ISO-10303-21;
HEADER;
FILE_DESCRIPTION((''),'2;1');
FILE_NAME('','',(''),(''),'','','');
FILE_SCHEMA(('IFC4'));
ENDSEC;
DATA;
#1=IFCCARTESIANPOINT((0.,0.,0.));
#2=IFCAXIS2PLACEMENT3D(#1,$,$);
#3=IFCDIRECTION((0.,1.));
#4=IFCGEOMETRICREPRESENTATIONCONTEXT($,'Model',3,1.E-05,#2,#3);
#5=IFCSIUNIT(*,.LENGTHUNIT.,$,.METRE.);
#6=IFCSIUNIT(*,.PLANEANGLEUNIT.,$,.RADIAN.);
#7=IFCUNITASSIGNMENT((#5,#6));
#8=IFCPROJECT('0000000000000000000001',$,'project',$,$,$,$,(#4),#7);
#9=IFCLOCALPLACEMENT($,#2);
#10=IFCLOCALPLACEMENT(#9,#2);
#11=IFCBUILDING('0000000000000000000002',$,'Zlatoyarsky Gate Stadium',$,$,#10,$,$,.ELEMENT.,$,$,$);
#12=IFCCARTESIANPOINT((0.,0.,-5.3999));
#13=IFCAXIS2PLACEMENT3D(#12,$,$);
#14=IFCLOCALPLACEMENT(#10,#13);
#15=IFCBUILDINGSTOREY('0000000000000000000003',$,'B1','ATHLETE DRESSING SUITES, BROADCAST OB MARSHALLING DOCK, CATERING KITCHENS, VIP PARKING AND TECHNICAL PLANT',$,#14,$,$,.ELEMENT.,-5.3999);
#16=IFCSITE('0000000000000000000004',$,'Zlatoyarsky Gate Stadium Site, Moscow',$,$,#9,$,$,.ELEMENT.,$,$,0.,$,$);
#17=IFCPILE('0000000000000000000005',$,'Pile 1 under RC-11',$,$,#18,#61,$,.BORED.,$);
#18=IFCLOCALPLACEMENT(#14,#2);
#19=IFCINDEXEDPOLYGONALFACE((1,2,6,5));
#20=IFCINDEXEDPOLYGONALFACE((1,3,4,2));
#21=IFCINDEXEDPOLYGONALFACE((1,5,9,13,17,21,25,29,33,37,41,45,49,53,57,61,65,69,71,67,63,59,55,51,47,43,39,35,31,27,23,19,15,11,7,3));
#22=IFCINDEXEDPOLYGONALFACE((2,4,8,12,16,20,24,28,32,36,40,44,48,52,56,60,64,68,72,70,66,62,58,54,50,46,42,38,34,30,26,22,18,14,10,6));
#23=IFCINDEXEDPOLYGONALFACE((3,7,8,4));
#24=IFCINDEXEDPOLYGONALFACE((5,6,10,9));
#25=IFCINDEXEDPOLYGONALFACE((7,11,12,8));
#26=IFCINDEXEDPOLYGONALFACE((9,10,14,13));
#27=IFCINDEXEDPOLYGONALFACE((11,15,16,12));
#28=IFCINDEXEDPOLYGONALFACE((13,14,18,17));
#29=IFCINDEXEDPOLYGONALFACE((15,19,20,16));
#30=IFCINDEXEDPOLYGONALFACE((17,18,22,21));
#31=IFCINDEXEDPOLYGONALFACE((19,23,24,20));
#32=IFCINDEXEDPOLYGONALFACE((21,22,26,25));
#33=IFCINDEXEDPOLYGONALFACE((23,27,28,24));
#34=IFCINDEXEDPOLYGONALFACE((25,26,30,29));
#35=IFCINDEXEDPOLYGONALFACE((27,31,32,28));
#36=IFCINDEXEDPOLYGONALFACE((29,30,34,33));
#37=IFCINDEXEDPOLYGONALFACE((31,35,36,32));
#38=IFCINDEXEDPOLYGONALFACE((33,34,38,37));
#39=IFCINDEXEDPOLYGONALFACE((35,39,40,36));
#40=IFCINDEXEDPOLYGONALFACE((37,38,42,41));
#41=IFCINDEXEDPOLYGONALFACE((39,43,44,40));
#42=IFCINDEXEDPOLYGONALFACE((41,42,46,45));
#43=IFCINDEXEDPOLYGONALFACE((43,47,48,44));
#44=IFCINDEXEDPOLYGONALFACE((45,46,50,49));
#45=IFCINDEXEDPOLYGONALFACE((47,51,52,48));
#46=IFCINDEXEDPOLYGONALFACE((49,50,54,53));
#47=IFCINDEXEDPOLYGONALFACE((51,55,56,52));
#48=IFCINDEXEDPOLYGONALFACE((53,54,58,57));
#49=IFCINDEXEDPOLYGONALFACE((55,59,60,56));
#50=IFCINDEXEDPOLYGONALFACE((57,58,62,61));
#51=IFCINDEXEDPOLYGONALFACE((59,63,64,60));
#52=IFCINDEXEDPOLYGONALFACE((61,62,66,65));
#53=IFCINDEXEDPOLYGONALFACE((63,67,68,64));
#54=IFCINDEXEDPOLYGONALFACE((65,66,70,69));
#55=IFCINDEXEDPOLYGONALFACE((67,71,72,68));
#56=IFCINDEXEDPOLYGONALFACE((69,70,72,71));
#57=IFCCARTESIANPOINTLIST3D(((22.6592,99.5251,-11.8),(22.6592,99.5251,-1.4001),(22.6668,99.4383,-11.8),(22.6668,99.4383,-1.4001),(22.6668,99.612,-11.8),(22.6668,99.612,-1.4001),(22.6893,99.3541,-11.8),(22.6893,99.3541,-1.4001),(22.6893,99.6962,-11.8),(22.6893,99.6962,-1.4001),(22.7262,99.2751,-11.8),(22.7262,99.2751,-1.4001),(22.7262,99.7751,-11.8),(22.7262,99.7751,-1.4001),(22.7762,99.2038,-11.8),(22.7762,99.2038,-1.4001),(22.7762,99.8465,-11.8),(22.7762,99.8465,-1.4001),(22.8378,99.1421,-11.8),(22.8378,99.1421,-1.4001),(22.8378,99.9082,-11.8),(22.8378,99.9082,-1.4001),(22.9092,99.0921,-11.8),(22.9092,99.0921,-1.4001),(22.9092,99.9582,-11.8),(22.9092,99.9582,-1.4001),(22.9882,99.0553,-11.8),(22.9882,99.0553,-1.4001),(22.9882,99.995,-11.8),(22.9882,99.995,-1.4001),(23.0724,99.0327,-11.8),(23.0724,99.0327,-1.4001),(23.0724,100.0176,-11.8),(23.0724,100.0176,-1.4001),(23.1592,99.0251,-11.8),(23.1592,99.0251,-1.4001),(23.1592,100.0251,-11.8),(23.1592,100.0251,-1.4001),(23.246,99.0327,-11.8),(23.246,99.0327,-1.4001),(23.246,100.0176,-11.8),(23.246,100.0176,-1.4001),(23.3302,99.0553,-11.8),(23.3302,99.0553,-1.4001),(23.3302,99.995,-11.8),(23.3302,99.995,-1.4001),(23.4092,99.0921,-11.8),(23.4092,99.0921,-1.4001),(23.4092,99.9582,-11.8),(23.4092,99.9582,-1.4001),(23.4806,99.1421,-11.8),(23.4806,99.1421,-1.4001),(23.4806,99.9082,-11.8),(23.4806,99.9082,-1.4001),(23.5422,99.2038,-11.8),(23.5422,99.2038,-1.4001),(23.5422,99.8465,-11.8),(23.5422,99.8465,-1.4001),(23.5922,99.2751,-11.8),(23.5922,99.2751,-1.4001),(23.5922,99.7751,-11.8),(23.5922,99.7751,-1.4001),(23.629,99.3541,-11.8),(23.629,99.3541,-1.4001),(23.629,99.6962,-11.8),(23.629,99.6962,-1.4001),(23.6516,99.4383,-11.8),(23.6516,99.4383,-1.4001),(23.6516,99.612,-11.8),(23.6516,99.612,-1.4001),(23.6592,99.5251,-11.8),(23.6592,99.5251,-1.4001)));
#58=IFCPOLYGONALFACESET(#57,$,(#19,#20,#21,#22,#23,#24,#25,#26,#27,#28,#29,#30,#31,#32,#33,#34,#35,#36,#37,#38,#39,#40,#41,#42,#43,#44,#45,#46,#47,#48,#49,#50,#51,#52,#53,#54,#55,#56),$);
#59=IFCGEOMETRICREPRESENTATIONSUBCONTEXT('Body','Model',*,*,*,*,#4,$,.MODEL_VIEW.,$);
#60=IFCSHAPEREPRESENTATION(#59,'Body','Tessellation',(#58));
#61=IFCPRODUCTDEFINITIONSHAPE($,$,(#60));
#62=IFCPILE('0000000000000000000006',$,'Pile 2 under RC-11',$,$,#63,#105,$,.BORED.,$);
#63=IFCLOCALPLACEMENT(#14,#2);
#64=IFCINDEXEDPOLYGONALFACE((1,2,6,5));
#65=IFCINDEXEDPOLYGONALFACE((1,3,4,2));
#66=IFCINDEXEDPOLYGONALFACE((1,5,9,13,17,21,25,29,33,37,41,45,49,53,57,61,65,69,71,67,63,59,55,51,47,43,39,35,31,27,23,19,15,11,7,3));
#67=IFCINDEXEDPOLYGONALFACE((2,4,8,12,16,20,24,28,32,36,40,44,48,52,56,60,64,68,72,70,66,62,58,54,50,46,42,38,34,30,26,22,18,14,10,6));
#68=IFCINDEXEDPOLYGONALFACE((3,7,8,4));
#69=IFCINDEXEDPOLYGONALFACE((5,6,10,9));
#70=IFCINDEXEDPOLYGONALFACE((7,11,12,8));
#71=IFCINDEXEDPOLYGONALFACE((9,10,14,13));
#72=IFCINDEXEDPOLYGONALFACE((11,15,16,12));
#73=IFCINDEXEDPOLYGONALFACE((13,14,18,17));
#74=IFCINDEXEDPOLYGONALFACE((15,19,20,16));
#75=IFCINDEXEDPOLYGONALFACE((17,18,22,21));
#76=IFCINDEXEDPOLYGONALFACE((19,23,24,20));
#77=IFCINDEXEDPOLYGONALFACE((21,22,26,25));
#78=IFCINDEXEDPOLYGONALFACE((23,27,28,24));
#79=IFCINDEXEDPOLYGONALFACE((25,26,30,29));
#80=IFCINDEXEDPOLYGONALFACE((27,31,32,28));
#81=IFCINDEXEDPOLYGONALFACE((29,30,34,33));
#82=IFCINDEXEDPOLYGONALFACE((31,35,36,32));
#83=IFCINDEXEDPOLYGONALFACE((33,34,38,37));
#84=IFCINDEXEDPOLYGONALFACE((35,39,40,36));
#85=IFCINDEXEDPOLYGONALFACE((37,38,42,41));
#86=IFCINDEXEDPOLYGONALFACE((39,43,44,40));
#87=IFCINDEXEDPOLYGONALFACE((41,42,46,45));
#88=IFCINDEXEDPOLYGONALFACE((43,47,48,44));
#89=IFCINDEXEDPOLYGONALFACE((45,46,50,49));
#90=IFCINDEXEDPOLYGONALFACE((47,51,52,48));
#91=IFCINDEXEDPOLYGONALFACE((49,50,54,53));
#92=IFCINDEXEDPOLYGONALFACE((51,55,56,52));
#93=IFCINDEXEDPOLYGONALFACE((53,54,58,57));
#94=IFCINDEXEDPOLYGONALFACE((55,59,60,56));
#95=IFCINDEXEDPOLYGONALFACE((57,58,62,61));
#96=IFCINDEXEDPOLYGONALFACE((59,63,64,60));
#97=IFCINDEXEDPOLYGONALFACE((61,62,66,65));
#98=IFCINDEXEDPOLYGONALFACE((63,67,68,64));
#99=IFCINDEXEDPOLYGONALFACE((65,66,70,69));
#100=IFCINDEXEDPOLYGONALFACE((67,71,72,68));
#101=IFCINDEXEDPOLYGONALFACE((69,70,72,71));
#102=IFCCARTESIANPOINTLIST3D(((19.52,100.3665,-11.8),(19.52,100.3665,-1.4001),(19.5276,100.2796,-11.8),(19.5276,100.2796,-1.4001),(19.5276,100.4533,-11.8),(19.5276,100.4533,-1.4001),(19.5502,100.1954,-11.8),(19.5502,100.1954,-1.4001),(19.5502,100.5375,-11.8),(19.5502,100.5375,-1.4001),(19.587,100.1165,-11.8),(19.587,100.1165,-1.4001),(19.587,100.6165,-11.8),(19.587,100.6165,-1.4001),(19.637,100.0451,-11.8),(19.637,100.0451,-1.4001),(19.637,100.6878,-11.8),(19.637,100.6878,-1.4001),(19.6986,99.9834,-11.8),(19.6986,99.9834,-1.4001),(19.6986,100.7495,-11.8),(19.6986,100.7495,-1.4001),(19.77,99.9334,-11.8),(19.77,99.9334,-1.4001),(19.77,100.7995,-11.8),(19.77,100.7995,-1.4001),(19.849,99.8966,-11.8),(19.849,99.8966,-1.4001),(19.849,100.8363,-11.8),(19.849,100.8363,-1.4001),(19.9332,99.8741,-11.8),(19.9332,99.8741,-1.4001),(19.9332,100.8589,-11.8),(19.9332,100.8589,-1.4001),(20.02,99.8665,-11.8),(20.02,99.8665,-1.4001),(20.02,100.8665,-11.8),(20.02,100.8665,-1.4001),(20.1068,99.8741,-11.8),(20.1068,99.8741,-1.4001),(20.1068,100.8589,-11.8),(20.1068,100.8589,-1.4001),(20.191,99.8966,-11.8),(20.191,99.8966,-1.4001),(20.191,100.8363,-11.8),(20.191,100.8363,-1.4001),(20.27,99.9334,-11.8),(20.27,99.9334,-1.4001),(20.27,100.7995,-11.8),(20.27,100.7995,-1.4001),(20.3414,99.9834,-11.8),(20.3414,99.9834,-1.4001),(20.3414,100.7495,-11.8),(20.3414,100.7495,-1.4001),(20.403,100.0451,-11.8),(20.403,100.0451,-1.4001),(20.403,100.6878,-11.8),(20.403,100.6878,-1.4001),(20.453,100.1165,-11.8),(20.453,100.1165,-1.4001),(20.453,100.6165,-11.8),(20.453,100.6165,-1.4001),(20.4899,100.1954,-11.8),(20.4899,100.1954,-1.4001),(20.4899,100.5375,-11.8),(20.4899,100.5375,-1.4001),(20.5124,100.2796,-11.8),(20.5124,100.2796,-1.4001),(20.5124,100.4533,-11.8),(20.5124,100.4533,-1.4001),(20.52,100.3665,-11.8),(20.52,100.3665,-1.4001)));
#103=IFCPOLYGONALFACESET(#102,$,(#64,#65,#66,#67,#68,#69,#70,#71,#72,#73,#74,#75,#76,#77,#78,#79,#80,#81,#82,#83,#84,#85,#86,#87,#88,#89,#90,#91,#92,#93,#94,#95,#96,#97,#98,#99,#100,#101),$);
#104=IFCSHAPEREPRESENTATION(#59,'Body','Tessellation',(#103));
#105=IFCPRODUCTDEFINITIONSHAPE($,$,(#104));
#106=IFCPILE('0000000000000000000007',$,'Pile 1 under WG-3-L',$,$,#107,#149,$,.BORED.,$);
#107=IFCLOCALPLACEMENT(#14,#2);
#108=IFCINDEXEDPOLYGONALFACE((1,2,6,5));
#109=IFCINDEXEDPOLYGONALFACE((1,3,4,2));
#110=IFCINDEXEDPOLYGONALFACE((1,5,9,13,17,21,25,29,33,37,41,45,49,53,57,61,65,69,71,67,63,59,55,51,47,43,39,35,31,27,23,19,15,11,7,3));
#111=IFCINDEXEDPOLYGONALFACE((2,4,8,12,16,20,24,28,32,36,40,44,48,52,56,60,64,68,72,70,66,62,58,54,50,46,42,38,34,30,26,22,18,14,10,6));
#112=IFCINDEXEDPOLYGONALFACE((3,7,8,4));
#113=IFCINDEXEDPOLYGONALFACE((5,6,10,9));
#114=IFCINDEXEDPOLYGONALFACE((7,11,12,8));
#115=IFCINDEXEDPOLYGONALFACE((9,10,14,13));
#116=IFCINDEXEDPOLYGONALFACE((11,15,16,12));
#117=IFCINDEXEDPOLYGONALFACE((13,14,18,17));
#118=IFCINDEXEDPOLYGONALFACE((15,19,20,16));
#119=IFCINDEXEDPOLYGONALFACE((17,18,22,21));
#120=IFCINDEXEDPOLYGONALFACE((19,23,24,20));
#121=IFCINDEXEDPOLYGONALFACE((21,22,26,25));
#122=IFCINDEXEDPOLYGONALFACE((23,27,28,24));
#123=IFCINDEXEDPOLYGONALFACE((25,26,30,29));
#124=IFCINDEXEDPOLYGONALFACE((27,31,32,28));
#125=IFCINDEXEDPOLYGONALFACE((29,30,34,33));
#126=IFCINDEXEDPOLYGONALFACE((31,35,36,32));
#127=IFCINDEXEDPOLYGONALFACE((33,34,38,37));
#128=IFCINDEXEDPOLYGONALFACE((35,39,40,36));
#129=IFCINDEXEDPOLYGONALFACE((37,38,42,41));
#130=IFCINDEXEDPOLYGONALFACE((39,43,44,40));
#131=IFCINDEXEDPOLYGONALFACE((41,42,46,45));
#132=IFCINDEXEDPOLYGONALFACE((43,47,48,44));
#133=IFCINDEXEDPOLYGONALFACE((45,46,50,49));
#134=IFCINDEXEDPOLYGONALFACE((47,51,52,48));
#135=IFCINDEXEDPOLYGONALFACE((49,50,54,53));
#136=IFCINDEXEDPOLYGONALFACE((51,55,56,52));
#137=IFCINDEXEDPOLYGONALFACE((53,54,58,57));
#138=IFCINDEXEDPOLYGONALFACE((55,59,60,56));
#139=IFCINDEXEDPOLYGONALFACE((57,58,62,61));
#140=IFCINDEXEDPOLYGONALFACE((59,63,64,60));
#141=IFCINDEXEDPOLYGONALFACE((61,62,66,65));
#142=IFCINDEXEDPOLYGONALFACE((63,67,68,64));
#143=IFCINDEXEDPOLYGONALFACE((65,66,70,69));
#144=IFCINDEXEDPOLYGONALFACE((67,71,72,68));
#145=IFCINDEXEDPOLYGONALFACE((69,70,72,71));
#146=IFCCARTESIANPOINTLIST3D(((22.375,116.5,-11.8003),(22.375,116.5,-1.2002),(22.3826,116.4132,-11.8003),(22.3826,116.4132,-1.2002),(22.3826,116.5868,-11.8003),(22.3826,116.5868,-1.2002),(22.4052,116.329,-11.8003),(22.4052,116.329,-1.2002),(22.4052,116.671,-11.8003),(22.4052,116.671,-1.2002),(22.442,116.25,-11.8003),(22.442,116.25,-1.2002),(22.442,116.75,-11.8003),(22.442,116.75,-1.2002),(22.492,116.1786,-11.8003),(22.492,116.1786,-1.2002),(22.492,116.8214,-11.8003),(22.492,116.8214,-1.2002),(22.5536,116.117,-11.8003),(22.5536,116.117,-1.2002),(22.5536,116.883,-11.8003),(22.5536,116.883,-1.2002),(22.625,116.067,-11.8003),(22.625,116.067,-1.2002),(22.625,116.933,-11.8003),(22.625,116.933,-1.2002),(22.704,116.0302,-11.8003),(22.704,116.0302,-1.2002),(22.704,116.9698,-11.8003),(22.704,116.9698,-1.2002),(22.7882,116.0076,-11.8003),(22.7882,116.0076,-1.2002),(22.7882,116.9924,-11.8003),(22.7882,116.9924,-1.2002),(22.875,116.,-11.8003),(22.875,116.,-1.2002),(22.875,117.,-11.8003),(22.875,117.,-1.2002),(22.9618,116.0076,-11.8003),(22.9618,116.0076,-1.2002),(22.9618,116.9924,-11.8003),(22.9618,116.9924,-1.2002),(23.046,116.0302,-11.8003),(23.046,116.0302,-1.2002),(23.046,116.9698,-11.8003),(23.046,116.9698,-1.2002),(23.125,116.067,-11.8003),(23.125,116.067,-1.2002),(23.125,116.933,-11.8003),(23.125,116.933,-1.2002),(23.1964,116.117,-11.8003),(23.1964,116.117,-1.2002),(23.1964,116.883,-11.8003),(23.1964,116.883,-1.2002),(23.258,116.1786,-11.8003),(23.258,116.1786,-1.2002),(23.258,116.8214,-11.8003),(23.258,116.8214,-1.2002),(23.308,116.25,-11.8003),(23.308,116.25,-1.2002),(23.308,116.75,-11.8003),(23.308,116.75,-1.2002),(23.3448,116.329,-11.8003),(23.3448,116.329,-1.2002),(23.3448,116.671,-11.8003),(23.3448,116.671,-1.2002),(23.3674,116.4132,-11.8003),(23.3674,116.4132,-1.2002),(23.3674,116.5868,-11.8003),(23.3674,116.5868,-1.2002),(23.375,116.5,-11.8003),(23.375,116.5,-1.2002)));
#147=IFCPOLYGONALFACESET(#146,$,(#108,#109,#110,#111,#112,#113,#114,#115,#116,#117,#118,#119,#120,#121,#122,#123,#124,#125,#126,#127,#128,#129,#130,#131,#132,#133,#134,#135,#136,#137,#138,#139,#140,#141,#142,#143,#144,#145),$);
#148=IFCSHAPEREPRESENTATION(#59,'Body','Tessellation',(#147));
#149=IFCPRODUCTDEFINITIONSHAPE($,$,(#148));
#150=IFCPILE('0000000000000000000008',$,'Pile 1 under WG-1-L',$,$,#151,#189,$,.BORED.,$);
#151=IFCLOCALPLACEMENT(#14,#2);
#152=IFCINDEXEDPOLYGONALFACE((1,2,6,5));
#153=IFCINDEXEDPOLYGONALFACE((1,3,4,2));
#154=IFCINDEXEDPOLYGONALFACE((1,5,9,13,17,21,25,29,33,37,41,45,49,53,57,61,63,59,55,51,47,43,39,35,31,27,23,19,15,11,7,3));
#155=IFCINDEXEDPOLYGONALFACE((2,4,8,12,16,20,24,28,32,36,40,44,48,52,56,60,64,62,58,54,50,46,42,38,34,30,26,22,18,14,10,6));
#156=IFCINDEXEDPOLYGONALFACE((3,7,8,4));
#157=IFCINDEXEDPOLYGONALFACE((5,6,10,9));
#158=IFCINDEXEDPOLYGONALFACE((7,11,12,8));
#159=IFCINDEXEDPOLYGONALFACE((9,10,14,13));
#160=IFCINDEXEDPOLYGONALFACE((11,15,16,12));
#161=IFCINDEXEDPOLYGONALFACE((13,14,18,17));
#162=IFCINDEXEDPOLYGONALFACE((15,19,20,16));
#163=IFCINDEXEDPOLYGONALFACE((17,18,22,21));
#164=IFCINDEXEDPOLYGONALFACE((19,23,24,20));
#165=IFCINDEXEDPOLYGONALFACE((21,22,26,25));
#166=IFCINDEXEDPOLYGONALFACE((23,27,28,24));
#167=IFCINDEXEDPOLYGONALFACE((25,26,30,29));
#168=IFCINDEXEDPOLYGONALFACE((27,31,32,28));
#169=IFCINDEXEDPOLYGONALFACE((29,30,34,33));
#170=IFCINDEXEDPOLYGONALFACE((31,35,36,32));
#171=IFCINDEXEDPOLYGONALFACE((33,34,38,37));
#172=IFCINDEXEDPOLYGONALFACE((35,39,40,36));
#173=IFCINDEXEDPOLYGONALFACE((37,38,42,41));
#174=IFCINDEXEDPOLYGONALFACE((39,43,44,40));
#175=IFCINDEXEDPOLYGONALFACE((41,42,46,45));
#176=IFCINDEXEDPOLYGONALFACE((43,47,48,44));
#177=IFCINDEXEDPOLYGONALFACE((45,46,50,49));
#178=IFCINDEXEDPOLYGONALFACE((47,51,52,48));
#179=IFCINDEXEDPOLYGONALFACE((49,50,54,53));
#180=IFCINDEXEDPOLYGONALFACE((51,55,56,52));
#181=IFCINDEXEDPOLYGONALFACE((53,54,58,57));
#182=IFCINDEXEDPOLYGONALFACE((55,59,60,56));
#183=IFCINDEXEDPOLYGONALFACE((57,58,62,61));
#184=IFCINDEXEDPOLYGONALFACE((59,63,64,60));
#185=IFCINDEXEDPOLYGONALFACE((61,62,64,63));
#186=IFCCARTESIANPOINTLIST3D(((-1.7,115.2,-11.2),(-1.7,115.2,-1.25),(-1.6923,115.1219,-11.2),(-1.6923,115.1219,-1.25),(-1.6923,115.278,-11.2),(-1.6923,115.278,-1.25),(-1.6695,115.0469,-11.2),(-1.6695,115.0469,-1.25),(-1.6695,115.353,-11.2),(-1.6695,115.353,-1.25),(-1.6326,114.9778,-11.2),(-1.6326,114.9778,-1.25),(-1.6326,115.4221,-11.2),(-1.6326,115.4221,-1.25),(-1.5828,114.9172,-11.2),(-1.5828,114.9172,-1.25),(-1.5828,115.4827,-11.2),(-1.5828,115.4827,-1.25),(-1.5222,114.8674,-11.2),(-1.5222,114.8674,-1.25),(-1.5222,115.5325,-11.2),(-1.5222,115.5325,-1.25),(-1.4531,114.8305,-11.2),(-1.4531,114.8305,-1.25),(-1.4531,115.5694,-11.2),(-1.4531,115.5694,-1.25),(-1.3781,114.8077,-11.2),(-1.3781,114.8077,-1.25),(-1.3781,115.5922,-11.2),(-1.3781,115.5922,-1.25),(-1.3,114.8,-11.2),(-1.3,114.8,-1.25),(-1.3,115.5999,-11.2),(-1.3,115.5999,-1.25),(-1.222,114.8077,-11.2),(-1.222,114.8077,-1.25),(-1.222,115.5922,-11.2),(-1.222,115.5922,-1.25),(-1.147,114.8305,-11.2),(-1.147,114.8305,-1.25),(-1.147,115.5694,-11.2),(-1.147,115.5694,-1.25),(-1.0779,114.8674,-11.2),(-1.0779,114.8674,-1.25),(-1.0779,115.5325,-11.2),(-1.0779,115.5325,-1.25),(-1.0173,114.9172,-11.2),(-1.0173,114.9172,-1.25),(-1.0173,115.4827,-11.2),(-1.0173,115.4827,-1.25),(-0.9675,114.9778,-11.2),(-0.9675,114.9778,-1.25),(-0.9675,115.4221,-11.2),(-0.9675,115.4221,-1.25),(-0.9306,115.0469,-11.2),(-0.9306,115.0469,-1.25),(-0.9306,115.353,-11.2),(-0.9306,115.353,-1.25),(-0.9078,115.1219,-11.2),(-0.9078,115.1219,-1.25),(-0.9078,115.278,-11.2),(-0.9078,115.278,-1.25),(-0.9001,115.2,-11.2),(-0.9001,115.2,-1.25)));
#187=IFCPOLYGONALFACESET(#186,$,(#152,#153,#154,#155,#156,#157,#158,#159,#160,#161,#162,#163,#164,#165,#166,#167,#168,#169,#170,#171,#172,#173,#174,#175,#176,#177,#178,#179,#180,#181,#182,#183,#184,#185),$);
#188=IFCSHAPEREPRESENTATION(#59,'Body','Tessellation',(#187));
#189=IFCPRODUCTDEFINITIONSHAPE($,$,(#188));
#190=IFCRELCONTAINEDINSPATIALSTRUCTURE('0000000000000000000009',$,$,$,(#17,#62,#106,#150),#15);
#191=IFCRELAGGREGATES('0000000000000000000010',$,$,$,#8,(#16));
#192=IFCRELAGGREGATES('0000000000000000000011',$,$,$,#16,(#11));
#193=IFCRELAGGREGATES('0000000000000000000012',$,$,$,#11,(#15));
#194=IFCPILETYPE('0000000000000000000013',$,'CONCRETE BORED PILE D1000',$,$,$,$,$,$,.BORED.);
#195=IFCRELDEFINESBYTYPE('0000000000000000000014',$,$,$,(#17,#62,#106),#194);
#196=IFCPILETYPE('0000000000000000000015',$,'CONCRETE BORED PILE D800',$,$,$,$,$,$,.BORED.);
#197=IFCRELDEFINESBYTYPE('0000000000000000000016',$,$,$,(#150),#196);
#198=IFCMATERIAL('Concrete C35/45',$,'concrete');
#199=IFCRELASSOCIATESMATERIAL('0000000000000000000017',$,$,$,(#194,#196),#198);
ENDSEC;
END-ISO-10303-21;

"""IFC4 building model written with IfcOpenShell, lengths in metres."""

from ifc_helpers import new_model, si_unit, direction, frame, origin, origin_2d, place, context, subcontext, project, spatial, circle, extrude, material, material_profile, profile_set, type_object, element, save


model = new_model("IFC4")

# Units and contexts
model_context = context("Model", 3, precision=1e-05, world=origin(), true_north=direction((0.0, 1.0)))
body_context = subcontext(model_context, "Body", "Model", "MODEL_VIEW")
ifc_project = project(units=[si_unit("LENGTHUNIT", "METRE"), si_unit("PLANEANGLEUNIT", "RADIAN")], contexts=[model_context])

# Site, building, storey
site_placement = place(None, origin())
site = spatial("IfcSite", under=ifc_project, at=site_placement, Name="Zlatoyarsky Gate Stadium Site, Moscow", CompositionType="ELEMENT", RefElevation=0.0)
building_placement = place(site_placement, origin())
building = spatial("IfcBuilding", under=site, at=building_placement, Name="Zlatoyarsky Gate Stadium", CompositionType="ELEMENT")
storey_placement = place(building_placement, frame((0.0, 0.0, -5.3999)))
storey = spatial("IfcBuildingStorey", under=building, at=storey_placement, Name="B1", Description="ATHLETE DRESSING SUITES, BROADCAST OB MARSHALLING DOCK, CATERING KITCHENS, VIP PARKING AND TECHNICAL PLANT", CompositionType="ELEMENT", Elevation=-5.3999)

# Piles
ifc_material_1 = material(Name="Concrete C35/45", Category="concrete")
ifc_material_profile_1 = material_profile(ifc_material_1, circle(Radius=0.5, at=origin_2d()), Name="BORED PILE D1000")
ifc_profile_set_1 = profile_set([ifc_material_profile_1], Name="Concrete C35/45")
pile_type_1 = type_object("IfcPileType", Name="CONCRETE BORED PILE D1000", PredefinedType="BORED", material=ifc_profile_set_1)
for number, where, z_axis, x_axis, name in (
    (1, (23.1592, 99.5251, -1.4001), (0.0, 0.0, -1.0), (1.0, 0.0, 0.0), "Pile 1 under RC-11"),
    (2, (20.02, 100.3665, -1.4001), (0.0, 0.0, -1.0), (1.0, 0.0, 0.0), "Pile 2 under RC-11"),
):
    element("IfcPile", number, at=place(storey_placement, frame(where, z_axis=z_axis, x_axis=x_axis)), inside=storey, type_object=pile_type_1, Name=name, PredefinedType="BORED", context=body_context, shape_type="SweptSolid", body=[
        extrude(circle(Radius=0.5, at=origin_2d()), origin(), (0.0, 0.0, 1.0), 10.3999),
    ])
pile_placement = place(storey_placement, frame((22.875, 116.5, -1.2002), z_axis=(0.0, 0.0, -1.0), x_axis=(1.0, 0.0, 0.0)))
element("IfcPile", 3, at=pile_placement, inside=storey, type_object=pile_type_1, Name="Pile 1 under WG-3-L", PredefinedType="BORED", context=body_context, shape_type="SweptSolid", body=[
    extrude(circle(Radius=0.5, at=origin_2d()), origin(), (0.0, 0.0, 1.0), 10.6001),
])
ifc_material_profile_2 = material_profile(ifc_material_1, circle(Radius=0.3999, at=origin_2d()), Name="BORED PILE D800")
ifc_profile_set_2 = profile_set([ifc_material_profile_2], Name="Concrete C35/45")
pile_type_2 = type_object("IfcPileType", Name="CONCRETE BORED PILE D800", PredefinedType="BORED", material=ifc_profile_set_2)
for number, where, z_axis, x_axis, name in (
    (4, (-1.3, 115.2, -1.25), (0.0, 0.0, -1.0), (1.0, 0.0, 0.0), "Pile 1 under WG-1-L"),
):
    element("IfcPile", number, at=place(storey_placement, frame(where, z_axis=z_axis, x_axis=x_axis)), inside=storey, type_object=pile_type_2, Name=name, PredefinedType="BORED", context=body_context, shape_type="SweptSolid", body=[
        extrude(circle(Radius=0.3999, at=origin_2d()), origin(), (0.0, 0.0, 1.0), 9.95),
    ])

save(model, "model.ifc")
